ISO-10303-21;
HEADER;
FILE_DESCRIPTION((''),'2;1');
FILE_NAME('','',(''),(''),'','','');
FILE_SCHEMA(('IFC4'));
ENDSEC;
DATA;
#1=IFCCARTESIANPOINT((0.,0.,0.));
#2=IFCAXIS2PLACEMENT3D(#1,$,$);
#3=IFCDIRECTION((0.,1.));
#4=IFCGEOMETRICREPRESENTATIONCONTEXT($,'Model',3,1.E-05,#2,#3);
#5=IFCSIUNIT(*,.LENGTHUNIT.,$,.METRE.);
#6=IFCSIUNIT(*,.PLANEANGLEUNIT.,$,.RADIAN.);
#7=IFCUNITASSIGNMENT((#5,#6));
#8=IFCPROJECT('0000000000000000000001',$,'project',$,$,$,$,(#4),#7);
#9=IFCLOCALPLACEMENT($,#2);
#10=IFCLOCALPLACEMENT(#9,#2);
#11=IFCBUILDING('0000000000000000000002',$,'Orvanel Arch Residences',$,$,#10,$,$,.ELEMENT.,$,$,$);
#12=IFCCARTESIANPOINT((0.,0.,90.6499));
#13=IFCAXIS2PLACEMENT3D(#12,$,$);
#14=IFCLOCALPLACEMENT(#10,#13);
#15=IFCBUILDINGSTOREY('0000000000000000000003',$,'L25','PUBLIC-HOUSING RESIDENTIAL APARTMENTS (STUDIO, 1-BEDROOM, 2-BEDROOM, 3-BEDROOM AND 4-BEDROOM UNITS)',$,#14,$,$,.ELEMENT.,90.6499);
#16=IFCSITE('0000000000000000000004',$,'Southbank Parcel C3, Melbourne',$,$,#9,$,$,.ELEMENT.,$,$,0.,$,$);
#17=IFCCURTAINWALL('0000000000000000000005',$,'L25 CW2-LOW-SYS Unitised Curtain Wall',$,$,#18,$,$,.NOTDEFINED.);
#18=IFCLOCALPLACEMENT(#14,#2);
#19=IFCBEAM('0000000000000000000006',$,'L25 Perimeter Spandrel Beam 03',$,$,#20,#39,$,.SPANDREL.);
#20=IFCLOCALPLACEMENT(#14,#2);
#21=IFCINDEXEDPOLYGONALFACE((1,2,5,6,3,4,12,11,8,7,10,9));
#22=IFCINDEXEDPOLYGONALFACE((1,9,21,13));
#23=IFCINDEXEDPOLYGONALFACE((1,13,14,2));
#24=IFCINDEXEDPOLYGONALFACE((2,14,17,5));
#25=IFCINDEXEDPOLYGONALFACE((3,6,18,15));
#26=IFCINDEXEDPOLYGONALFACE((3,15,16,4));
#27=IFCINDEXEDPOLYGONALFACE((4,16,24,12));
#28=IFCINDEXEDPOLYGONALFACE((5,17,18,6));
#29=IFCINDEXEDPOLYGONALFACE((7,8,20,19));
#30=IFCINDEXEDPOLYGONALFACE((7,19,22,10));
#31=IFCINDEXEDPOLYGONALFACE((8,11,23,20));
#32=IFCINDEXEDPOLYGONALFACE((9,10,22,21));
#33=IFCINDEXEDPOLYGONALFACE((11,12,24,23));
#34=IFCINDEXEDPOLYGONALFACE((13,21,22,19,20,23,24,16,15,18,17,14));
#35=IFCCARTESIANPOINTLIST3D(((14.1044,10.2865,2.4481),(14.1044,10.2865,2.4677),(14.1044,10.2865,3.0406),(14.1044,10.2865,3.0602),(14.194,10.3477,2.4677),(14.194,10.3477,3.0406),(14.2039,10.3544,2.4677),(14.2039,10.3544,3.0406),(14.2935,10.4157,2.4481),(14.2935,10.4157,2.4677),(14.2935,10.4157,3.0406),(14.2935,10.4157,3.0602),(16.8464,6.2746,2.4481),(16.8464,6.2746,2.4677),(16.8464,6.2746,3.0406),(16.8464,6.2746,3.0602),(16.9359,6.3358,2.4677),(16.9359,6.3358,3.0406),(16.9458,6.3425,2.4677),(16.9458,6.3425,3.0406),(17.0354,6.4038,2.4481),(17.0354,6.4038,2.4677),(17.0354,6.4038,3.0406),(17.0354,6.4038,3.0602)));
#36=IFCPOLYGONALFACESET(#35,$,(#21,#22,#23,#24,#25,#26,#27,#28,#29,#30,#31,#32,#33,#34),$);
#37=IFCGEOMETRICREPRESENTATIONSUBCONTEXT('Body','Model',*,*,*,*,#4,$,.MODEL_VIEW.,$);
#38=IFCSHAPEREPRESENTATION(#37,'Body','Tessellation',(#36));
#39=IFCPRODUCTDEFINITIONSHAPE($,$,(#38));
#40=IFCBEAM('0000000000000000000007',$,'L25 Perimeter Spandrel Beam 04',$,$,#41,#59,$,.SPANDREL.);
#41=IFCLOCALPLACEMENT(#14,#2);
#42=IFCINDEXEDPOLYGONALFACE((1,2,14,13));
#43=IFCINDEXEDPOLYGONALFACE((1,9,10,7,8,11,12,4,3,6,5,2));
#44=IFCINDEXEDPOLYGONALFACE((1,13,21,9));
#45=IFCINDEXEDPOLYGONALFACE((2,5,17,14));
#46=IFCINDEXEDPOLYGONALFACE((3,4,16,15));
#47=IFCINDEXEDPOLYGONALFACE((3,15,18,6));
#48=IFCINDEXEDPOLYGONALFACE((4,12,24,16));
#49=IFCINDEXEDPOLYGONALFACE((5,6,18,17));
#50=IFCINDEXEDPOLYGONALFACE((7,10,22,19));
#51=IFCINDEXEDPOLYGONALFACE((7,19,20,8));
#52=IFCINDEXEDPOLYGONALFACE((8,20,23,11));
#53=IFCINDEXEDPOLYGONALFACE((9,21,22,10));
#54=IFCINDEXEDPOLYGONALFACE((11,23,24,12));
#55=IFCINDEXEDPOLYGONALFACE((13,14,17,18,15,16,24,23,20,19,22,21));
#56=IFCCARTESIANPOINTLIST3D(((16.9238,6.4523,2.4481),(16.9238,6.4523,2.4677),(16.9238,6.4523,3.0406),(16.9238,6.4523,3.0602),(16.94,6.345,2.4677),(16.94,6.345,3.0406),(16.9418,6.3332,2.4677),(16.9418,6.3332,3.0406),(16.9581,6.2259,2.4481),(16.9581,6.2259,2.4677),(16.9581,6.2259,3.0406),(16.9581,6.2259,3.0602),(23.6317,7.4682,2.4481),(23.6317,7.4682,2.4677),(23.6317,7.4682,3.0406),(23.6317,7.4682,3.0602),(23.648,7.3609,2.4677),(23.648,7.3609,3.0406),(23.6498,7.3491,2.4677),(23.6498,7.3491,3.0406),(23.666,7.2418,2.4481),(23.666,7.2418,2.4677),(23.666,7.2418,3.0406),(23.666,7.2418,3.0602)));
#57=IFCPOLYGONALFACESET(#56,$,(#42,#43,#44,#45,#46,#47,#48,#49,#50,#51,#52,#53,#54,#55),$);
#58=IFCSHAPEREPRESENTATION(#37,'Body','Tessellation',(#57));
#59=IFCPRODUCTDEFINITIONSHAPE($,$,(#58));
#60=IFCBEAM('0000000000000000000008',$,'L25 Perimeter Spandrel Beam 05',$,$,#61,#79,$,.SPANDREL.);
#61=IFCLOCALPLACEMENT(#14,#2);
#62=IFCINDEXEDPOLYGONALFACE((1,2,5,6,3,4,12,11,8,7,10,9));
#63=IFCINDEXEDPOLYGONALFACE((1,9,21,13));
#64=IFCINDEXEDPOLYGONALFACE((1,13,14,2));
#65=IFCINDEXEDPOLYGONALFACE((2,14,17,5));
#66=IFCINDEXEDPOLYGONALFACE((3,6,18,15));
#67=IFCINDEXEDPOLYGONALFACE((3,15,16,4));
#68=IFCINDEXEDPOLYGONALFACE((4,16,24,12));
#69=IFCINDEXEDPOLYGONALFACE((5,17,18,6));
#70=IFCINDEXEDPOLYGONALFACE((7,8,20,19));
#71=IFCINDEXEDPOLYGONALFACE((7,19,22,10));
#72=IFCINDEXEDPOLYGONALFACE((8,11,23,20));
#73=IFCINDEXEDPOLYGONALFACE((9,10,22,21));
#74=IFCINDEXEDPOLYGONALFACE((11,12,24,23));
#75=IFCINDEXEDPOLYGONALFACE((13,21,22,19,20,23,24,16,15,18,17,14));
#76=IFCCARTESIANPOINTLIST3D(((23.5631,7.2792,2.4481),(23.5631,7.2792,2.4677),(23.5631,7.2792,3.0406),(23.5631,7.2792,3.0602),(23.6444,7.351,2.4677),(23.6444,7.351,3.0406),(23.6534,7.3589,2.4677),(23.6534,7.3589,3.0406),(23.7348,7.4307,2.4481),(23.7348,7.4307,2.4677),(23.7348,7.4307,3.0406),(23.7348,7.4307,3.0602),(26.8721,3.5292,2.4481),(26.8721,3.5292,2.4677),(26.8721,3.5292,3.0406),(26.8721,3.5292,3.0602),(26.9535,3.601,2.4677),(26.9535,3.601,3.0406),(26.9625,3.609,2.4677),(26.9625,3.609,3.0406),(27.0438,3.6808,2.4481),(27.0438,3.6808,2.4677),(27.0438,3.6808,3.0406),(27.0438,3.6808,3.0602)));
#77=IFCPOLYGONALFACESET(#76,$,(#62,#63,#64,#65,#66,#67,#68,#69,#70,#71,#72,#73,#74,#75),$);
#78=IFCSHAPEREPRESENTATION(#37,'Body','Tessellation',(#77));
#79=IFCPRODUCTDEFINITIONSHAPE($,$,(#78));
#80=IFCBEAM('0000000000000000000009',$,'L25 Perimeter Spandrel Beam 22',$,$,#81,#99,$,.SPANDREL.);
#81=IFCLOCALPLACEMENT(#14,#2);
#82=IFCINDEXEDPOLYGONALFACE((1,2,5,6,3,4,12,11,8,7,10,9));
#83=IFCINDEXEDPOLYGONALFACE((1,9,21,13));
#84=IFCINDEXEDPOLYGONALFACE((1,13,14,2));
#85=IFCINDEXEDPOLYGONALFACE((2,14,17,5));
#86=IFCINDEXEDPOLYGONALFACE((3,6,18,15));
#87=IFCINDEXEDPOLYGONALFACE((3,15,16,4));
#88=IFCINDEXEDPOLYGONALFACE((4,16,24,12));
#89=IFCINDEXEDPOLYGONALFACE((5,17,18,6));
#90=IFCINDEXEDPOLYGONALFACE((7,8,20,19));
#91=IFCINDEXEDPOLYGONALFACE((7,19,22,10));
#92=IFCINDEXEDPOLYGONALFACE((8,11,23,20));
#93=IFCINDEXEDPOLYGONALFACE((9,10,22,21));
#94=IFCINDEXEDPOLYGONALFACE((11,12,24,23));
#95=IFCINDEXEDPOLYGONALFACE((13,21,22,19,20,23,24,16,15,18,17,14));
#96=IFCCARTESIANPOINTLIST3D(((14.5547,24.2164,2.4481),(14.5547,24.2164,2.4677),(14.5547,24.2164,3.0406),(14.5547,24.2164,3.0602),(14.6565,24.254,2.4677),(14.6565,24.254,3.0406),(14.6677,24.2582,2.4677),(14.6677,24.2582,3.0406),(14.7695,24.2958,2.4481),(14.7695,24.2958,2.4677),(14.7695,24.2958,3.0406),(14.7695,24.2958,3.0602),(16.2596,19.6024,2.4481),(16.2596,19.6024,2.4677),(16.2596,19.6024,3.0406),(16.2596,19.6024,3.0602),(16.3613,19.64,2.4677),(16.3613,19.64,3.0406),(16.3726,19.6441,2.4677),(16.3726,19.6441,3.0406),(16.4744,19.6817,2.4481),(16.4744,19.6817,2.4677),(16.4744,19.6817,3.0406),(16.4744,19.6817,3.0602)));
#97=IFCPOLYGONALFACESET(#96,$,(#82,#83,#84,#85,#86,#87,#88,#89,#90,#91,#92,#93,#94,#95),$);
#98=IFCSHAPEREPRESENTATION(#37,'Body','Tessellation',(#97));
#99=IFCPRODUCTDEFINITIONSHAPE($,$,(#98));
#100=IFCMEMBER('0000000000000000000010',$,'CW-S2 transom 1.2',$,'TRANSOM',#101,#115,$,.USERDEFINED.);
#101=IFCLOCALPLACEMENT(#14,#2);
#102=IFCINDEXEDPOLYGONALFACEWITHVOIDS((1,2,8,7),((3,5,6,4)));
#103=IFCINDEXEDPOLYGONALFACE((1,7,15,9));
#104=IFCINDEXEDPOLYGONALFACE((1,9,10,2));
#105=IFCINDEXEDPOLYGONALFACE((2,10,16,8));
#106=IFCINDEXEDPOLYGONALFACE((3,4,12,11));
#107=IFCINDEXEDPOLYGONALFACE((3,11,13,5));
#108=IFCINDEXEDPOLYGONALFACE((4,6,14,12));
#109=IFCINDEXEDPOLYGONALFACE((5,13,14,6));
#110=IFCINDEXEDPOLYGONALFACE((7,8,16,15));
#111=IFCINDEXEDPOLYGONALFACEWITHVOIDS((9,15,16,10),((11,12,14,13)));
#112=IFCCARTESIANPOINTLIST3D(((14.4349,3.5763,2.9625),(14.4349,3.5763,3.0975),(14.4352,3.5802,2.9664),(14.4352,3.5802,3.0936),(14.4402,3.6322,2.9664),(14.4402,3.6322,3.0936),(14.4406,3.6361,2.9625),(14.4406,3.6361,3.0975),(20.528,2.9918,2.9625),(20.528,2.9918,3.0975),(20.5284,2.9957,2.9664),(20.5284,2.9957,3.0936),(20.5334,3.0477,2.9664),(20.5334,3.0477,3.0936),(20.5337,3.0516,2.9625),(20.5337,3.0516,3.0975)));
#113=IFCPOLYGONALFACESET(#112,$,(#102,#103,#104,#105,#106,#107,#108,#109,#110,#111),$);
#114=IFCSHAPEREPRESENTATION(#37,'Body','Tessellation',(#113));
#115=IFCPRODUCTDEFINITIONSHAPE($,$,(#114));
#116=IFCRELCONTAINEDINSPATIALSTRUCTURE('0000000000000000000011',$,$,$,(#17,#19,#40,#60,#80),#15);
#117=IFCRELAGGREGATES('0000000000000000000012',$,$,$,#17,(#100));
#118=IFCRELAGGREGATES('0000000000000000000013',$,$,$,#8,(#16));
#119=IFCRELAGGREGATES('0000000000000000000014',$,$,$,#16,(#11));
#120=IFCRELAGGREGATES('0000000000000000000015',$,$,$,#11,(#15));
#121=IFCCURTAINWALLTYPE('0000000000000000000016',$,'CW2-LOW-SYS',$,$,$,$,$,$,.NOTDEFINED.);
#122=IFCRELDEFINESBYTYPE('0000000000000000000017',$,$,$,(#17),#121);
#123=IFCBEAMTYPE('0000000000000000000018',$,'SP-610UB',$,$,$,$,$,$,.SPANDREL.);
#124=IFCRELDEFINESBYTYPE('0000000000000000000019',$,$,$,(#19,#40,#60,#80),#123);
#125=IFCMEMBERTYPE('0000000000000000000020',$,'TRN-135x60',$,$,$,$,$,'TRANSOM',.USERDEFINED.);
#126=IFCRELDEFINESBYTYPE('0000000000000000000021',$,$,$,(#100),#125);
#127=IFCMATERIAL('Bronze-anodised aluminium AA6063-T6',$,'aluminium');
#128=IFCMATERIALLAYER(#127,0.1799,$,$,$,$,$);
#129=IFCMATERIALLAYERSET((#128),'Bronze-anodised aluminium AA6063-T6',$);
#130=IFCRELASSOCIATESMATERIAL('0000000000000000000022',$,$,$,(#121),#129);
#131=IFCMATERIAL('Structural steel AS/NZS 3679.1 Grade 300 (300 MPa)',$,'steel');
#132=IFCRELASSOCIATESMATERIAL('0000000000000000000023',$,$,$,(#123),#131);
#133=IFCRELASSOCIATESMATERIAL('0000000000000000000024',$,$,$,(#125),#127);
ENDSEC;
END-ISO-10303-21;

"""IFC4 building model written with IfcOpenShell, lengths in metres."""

from ifc_helpers import new_model, si_unit, direction, frame, origin, origin_2d, place, context, subcontext, project, spatial, hollow_rectangle, i_section, extrude, material, layer, layer_set, material_profile, profile_set, type_object, element, aggregate, save


model = new_model("IFC4")

# Units and contexts
model_context = context("Model", 3, precision=1e-05, world=origin(), true_north=direction((0.0, 1.0)))
body_context = subcontext(model_context, "Body", "Model", "MODEL_VIEW")
ifc_project = project(units=[si_unit("LENGTHUNIT", "METRE"), si_unit("PLANEANGLEUNIT", "RADIAN")], contexts=[model_context])

# Site, building, storey
site_placement = place(None, origin())
site = spatial("IfcSite", under=ifc_project, at=site_placement, Name="Southbank Parcel C3, Melbourne", CompositionType="ELEMENT", RefElevation=0.0)
building_placement = place(site_placement, origin())
building = spatial("IfcBuilding", under=site, at=building_placement, Name="Orvanel Arch Residences", CompositionType="ELEMENT")
storey_placement = place(building_placement, frame((0.0, 0.0, 90.6499)))
storey = spatial("IfcBuildingStorey", under=building, at=storey_placement, Name="L25", Description="PUBLIC-HOUSING RESIDENTIAL APARTMENTS (STUDIO, 1-BEDROOM, 2-BEDROOM, 3-BEDROOM AND 4-BEDROOM UNITS)", CompositionType="ELEMENT", Elevation=90.6499)

# Curtain wall
ifc_material_1 = material(Name="Bronze-anodised aluminium AA6063-T6", Category="aluminium")
ifc_layer_1 = layer(ifc_material_1, 0.1799)
ifc_layer_set_1 = layer_set([ifc_layer_1], Name="Bronze-anodised aluminium AA6063-T6")
curtain_wall_type_1 = type_object("IfcCurtainWallType", Name="CW2-LOW-SYS", PredefinedType="NOTDEFINED", material=ifc_layer_set_1)
curtain_wall_1_placement = place(storey_placement, origin())
curtain_wall_1 = element("IfcCurtainWall", 1, at=curtain_wall_1_placement, inside=storey, type_object=curtain_wall_type_1, Name="L25 CW2-LOW-SYS Unitised Curtain Wall", PredefinedType="NOTDEFINED")

# Beams
ifc_material_2 = material(Name="Structural steel AS/NZS 3679.1 Grade 300 (300 MPa)", Category="steel")
ifc_material_profile_1 = material_profile(ifc_material_2, i_section(OverallWidth=0.229, OverallDepth=0.6121, WebThickness=0.012, FlangeThickness=0.0195, at=origin_2d()), Name="610UB125")
ifc_profile_set_1 = profile_set([ifc_material_profile_1], Name="Structural steel AS/NZS 3679.1 Grade 300 (300 MPa)")
beam_type = type_object("IfcBeamType", Name="SP-610UB", PredefinedType="SPANDREL", material=ifc_profile_set_1)
beam_1_placement = place(storey_placement, frame((14.199, 10.3511, 2.7542), z_axis=(0.564252, -0.825603, 0.0), x_axis=(0.825603, 0.564252, 0.0)))
element("IfcBeam", 2, at=beam_1_placement, inside=storey, type_object=beam_type, Name="L25 Perimeter Spandrel Beam 03", PredefinedType="SPANDREL", context=body_context, shape_type="SweptSolid", body=[
    extrude(i_section(OverallWidth=0.229, OverallDepth=0.6121, WebThickness=0.012, FlangeThickness=0.0195, at=origin_2d()), origin(), (0.0, 0.0, 1.0), 4.8594),
])
beam_2_placement = place(storey_placement, frame((16.9409, 6.3391, 2.7542), z_axis=(0.988726, 0.149734, 0.0), x_axis=(-0.149734, 0.988726, 0.0)))
element("IfcBeam", 3, at=beam_2_placement, inside=storey, type_object=beam_type, Name="L25 Perimeter Spandrel Beam 04", PredefinedType="SPANDREL", context=body_context, shape_type="SweptSolid", body=[
    extrude(i_section(OverallWidth=0.229, OverallDepth=0.6121, WebThickness=0.012, FlangeThickness=0.0195, at=origin_2d()), origin(), (0.0, 0.0, 1.0), 6.7844),
])
beam_3_placement = place(storey_placement, frame((23.6489, 7.355, 2.7542), z_axis=(0.661651, -0.749812, 0.0), x_axis=(0.749812, 0.661651, 0.0)))
element("IfcBeam", 4, at=beam_3_placement, inside=storey, type_object=beam_type, Name="L25 Perimeter Spandrel Beam 05", PredefinedType="SPANDREL", context=body_context, shape_type="SweptSolid", body=[
    extrude(i_section(OverallWidth=0.229, OverallDepth=0.6121, WebThickness=0.012, FlangeThickness=0.0195, at=origin_2d()), origin(), (0.0, 0.0, 1.0), 5.0012),
])
beam_4_placement = place(storey_placement, frame((14.6621, 24.2561, 2.7542), z_axis=(0.346588, -0.938017, 0.0), x_axis=(0.938017, 0.346588, 0.0)))
element("IfcBeam", 5, at=beam_4_placement, inside=storey, type_object=beam_type, Name="L25 Perimeter Spandrel Beam 22", PredefinedType="SPANDREL", context=body_context, shape_type="SweptSolid", body=[
    extrude(i_section(OverallWidth=0.229, OverallDepth=0.6121, WebThickness=0.012, FlangeThickness=0.0195, at=origin_2d()), origin(), (0.0, 0.0, 1.0), 4.9189),
])

# Member
ifc_material_profile_2 = material_profile(ifc_material_1, hollow_rectangle(XDim=0.0601, YDim=0.135, WallThickness=0.0039, at=origin_2d()), Name="ALU135x60x4")
ifc_profile_set_2 = profile_set([ifc_material_profile_2], Name="Bronze-anodised aluminium AA6063-T6")
member_type_1 = type_object("IfcMemberType", Name="TRN-135x60", ElementType="TRANSOM", PredefinedType="USERDEFINED", material=ifc_profile_set_2)
member_1_placement = place(storey_placement, frame((14.4377, 3.6062, 3.03), z_axis=(0.995431, -0.095487, 0.0), x_axis=(0.095487, 0.995431, 0.0)))
member_1 = element("IfcMember", 6, at=member_1_placement, type_object=member_type_1, Name="CW-S2 transom 1.2", ObjectType="TRANSOM", PredefinedType="USERDEFINED", context=body_context, shape_type="SweptSolid", body=[
    extrude(hollow_rectangle(XDim=0.0601, YDim=0.135, WallThickness=0.0039, at=origin_2d()), origin(), (0.0, 0.0, 1.0), 6.1211),
])
aggregate(curtain_wall_1, [member_1])

save(model, "model.ifc")
